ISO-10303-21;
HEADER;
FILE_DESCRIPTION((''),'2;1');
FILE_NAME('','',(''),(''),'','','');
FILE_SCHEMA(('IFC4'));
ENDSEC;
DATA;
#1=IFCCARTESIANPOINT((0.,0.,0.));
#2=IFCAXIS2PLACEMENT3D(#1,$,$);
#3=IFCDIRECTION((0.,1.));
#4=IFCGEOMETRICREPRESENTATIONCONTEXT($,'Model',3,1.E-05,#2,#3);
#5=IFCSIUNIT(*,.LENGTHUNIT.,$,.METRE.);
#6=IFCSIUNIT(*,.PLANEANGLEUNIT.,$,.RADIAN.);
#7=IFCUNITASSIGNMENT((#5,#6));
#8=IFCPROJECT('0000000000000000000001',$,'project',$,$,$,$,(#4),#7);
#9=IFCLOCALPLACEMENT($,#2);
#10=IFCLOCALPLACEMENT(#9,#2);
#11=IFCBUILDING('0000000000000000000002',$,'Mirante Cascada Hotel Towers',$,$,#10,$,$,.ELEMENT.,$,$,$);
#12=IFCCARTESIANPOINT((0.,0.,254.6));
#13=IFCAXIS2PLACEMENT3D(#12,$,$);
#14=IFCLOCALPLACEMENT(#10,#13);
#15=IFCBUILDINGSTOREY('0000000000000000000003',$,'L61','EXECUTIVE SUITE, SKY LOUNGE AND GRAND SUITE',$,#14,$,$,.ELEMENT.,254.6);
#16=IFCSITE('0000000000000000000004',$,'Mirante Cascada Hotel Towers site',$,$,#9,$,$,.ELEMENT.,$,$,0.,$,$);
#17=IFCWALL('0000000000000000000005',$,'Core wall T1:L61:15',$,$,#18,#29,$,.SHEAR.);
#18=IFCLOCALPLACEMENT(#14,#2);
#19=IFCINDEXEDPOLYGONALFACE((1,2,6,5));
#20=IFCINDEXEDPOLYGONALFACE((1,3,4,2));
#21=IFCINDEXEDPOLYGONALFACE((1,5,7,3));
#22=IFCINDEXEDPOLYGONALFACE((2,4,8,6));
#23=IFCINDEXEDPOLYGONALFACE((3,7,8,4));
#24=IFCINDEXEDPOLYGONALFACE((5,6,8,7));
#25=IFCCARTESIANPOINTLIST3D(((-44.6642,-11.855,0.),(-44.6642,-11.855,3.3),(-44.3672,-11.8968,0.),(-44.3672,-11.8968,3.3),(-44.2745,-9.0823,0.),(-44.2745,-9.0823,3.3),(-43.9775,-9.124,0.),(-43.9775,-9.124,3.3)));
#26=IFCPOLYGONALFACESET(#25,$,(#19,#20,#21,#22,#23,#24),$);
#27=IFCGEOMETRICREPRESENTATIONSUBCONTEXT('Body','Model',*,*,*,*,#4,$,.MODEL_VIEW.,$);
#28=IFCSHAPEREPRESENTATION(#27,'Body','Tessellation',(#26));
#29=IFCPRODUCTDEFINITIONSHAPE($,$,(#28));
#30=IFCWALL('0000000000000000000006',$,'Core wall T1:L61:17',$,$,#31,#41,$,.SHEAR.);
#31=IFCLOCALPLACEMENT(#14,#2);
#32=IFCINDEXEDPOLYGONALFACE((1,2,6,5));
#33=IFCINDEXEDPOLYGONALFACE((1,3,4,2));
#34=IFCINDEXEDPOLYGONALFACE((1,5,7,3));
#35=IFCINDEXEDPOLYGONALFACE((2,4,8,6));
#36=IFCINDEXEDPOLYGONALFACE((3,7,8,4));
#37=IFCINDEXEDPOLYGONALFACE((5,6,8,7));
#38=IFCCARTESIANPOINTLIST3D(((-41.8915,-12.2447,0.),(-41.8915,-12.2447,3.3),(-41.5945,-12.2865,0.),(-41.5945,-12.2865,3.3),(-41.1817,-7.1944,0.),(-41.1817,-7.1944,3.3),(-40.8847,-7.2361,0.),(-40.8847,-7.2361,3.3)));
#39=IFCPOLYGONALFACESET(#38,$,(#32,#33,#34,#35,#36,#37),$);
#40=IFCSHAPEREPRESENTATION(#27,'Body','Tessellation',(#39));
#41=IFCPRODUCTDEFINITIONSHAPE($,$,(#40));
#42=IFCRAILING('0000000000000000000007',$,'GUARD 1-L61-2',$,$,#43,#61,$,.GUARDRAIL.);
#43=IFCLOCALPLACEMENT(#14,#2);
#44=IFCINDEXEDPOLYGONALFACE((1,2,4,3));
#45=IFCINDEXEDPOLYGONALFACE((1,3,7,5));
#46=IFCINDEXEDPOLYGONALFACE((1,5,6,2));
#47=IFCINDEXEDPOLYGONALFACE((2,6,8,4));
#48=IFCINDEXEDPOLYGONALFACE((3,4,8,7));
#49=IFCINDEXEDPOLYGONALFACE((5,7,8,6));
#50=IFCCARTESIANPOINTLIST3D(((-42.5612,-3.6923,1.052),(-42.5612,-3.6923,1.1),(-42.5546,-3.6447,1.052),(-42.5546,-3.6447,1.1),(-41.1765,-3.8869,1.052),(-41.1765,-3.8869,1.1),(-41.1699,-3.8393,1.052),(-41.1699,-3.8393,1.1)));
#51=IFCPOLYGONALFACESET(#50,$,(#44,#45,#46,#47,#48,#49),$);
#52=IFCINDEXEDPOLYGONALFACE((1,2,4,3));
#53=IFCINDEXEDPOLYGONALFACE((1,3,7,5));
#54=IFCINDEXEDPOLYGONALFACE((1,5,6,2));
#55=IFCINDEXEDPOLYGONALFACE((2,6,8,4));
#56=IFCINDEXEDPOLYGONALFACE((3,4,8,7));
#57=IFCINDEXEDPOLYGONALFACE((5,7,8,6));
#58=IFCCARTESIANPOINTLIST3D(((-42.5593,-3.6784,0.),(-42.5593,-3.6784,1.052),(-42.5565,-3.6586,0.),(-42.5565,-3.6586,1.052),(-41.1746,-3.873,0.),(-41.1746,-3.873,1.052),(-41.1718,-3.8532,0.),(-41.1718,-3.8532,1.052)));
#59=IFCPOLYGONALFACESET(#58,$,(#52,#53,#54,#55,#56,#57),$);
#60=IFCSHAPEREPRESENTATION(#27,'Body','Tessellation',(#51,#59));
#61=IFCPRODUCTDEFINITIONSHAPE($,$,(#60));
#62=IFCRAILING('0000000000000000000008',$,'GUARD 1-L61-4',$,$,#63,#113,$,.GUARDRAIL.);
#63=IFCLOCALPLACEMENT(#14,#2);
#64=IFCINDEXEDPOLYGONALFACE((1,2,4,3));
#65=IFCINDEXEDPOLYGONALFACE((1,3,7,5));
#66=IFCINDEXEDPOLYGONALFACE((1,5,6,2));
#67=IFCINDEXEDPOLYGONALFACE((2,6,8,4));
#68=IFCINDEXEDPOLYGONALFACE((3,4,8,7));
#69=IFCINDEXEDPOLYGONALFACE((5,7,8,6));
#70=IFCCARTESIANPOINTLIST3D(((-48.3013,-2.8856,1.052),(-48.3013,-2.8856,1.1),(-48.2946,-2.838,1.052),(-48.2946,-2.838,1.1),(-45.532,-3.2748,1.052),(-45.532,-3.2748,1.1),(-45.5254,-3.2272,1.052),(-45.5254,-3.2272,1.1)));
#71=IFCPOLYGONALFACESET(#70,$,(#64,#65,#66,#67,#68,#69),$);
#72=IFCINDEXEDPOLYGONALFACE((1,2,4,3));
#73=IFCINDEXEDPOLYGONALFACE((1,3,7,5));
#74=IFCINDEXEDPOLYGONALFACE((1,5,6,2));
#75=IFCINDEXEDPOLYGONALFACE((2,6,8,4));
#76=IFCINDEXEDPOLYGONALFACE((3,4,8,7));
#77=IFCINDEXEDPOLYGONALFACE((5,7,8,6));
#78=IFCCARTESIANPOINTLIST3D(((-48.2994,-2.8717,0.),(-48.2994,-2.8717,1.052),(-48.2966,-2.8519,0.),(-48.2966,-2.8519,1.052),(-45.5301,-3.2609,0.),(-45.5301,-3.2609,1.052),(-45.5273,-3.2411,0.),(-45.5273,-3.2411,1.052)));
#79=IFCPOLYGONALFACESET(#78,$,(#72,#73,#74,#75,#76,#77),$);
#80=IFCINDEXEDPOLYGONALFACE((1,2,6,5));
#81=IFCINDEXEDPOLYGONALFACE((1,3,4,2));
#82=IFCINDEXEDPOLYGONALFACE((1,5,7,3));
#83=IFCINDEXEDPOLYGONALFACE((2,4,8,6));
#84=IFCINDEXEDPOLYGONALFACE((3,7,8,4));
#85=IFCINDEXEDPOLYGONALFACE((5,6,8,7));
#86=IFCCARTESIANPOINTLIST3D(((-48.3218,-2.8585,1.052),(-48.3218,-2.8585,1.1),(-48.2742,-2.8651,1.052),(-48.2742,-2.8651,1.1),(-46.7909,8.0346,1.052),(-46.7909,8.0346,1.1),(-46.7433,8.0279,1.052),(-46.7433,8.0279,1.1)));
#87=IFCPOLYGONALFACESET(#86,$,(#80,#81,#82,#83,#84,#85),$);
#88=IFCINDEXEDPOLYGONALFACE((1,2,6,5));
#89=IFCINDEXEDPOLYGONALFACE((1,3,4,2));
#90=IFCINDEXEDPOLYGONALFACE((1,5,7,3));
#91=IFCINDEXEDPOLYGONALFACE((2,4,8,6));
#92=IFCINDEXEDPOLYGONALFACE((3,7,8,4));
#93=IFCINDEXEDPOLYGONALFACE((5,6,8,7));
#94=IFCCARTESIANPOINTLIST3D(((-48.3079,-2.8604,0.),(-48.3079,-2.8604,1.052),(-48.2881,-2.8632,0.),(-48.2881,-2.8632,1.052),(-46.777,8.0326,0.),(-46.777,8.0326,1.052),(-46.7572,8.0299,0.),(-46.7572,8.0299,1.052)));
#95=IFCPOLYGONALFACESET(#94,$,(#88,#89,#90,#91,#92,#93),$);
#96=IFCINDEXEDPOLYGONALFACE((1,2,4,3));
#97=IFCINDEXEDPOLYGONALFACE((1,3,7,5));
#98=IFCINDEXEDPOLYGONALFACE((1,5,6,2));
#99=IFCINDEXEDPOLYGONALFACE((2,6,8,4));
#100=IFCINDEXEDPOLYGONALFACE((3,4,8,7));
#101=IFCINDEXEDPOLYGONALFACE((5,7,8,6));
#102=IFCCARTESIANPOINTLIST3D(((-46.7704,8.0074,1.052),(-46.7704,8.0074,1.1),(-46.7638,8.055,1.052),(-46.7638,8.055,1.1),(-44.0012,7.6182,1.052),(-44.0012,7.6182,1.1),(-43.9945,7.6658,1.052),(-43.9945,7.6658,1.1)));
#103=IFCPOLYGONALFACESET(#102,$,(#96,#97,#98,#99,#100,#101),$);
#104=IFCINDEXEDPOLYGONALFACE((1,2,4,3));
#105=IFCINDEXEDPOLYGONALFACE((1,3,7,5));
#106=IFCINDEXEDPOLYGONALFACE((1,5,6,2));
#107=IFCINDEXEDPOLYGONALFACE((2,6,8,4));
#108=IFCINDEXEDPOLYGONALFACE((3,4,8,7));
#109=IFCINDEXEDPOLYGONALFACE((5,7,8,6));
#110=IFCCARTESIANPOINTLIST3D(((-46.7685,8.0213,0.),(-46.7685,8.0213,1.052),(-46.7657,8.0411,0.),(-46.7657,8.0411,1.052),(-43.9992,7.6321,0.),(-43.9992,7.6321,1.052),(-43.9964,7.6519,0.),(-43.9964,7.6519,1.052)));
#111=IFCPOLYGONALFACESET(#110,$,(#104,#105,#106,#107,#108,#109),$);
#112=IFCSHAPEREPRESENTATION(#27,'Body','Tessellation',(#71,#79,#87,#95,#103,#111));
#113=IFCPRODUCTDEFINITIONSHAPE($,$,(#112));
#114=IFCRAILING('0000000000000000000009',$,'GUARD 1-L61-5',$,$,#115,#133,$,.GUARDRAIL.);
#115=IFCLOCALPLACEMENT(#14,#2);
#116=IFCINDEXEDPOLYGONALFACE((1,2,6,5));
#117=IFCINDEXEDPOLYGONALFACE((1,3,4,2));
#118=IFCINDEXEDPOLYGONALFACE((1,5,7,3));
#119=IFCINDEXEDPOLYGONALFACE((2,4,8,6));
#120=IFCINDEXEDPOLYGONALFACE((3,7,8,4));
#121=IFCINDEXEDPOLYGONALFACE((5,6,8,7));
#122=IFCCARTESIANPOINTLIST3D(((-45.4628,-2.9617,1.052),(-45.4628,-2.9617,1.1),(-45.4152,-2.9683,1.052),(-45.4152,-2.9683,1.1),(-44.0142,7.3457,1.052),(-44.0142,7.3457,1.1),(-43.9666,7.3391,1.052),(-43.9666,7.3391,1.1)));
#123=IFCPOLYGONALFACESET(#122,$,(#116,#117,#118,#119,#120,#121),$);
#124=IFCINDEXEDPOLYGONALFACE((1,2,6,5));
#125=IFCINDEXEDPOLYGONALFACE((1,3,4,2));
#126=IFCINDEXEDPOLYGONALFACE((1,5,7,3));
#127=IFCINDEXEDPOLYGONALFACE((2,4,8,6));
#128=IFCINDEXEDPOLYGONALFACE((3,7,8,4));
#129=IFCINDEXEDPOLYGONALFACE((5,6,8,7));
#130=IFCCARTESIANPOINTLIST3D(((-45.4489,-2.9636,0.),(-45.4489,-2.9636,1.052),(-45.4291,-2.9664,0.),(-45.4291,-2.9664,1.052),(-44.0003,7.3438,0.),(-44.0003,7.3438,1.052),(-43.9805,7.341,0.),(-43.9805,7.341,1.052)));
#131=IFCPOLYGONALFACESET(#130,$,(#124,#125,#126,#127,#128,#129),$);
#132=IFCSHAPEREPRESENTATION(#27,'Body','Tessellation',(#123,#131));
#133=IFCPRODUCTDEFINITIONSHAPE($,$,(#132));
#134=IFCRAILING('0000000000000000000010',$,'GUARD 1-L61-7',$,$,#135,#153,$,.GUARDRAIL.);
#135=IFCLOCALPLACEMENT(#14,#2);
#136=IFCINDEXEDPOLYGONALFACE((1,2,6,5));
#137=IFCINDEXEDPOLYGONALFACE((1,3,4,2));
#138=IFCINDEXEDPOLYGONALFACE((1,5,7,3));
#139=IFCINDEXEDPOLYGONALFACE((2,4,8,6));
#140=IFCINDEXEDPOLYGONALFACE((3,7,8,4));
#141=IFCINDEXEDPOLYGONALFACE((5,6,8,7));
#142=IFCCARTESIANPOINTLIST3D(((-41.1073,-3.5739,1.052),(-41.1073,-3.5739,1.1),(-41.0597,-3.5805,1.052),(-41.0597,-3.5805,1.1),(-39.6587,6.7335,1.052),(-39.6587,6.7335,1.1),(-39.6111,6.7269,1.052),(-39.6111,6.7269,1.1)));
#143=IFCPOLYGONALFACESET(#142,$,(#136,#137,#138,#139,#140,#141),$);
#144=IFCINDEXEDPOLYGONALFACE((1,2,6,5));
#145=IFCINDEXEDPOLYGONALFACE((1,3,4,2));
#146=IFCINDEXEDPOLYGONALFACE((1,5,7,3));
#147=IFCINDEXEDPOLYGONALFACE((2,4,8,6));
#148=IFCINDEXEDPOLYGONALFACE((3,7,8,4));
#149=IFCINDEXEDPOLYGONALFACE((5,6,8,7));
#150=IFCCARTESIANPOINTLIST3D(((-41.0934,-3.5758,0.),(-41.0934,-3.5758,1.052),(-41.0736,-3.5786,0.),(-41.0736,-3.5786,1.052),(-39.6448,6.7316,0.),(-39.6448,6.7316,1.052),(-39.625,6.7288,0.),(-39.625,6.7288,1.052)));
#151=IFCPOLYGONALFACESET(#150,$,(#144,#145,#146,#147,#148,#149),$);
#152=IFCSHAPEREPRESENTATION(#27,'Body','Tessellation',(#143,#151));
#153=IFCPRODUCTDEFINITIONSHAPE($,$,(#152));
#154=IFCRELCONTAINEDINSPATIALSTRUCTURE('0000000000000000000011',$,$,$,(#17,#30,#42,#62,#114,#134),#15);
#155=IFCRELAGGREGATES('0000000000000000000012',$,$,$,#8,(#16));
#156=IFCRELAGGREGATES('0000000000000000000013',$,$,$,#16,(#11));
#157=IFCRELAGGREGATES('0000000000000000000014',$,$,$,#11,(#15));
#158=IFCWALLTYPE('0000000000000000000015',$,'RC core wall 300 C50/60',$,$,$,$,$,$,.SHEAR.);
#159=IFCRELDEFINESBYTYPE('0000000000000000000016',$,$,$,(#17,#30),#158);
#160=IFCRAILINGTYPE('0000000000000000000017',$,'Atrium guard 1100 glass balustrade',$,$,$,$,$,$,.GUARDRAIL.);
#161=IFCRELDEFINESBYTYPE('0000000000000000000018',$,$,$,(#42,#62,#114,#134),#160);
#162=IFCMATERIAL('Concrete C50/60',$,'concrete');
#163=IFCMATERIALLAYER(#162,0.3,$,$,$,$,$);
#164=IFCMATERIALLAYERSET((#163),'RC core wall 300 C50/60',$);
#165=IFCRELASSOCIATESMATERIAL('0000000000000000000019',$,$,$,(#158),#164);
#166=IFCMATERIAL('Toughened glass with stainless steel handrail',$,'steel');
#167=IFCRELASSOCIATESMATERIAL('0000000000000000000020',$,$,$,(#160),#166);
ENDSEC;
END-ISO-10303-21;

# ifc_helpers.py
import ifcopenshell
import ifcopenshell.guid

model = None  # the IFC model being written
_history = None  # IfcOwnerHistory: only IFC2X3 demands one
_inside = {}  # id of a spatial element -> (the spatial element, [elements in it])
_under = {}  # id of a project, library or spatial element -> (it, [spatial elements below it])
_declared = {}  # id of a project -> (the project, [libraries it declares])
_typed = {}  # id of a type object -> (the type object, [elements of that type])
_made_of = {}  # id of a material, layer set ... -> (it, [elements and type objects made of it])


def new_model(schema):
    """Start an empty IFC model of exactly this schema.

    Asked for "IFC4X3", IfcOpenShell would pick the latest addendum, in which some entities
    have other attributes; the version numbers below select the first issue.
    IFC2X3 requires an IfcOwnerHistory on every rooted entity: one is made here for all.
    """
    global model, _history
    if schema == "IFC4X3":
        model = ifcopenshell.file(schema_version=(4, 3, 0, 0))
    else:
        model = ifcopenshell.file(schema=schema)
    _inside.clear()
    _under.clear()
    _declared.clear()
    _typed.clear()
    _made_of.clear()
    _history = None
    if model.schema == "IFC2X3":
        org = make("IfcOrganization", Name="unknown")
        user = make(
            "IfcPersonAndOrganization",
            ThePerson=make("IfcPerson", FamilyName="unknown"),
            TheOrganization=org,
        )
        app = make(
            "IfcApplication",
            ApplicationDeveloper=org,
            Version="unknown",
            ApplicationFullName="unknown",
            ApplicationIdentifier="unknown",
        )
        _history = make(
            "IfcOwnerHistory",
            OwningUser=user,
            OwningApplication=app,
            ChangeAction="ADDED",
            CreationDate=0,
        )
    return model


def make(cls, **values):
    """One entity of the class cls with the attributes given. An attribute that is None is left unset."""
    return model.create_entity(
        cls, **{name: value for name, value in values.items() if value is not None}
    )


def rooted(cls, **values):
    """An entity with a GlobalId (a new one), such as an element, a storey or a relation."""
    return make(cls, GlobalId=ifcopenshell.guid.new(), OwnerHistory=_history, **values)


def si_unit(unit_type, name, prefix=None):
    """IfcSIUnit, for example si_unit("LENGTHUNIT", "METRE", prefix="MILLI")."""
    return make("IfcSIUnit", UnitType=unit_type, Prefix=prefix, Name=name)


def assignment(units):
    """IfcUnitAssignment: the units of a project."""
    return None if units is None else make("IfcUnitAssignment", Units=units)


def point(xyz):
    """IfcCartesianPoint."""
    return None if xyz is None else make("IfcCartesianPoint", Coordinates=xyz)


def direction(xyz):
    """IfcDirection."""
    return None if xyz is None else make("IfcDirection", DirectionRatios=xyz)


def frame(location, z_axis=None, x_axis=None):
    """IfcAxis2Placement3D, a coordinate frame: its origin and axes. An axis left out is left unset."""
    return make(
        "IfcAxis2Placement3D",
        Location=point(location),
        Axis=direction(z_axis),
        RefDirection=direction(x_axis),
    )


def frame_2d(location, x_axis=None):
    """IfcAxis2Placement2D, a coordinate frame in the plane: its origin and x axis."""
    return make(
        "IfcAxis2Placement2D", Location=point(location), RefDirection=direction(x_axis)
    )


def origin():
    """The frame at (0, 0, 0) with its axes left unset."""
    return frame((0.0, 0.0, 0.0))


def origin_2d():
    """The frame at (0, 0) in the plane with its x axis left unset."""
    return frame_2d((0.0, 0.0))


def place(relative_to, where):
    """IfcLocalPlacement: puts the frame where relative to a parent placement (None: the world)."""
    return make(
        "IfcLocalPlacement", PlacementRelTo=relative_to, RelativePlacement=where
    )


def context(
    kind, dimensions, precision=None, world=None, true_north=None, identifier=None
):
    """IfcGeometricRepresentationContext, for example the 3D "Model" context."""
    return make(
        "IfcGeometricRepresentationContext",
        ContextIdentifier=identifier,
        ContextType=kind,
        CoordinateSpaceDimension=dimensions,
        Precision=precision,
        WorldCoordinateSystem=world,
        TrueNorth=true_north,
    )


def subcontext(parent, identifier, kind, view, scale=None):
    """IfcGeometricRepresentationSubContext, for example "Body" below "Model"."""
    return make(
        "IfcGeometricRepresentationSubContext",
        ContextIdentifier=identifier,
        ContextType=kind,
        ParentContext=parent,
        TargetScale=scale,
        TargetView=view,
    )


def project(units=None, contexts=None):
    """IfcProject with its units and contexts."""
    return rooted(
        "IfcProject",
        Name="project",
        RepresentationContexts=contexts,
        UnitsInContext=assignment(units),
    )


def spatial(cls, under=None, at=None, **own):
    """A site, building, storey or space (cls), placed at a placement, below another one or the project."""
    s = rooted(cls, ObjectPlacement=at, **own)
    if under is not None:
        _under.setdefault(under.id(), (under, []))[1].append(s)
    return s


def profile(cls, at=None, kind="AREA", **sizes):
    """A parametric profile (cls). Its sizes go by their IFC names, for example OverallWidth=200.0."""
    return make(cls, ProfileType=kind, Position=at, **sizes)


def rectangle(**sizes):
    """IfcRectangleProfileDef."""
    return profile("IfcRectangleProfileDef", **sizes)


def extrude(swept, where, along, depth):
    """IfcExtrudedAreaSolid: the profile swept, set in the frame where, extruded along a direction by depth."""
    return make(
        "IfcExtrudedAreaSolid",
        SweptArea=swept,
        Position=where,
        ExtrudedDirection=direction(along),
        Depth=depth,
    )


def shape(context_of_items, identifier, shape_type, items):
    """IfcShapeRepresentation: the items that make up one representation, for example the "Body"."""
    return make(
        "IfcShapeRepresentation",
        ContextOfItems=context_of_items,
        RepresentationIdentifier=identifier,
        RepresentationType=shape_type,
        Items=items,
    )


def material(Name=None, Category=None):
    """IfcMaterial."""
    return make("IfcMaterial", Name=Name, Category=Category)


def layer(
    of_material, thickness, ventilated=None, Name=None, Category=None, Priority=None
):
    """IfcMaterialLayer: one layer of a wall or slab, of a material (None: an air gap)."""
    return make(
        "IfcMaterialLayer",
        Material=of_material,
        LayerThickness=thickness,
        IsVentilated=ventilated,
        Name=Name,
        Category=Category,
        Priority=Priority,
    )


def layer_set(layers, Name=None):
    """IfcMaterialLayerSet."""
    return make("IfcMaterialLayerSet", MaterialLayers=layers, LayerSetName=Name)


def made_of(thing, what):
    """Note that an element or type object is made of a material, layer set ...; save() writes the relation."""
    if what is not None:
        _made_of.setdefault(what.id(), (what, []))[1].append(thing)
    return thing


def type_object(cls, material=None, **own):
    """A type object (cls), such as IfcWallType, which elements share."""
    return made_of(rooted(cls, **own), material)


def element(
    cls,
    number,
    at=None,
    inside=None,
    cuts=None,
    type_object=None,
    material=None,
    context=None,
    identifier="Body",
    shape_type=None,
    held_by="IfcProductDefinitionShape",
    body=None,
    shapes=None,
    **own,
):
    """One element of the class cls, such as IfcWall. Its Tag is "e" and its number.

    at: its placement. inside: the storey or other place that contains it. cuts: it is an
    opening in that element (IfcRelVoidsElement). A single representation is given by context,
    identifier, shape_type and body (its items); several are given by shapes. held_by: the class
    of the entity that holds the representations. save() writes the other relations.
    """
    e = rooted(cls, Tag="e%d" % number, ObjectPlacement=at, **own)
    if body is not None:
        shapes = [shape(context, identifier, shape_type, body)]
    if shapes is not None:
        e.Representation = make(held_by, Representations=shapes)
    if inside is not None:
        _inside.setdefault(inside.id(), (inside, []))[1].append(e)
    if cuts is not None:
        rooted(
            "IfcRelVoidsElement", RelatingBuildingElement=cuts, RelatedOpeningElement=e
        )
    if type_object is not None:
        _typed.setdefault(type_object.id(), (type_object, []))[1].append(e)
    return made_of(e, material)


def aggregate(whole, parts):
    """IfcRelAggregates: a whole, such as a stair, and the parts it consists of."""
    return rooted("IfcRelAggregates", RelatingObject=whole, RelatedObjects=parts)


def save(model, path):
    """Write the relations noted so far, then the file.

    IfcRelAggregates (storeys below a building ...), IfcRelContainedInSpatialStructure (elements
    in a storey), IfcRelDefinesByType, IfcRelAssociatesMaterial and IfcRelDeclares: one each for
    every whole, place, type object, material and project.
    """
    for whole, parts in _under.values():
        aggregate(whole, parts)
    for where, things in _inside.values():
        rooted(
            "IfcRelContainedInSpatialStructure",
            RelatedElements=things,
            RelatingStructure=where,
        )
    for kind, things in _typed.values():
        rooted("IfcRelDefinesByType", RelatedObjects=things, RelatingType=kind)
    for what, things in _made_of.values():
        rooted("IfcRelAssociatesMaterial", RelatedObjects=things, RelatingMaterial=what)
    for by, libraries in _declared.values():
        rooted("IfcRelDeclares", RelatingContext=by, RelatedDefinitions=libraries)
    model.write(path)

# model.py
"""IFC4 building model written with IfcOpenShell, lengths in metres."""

from ifc_helpers import new_model, si_unit, direction, frame, frame_2d, origin, origin_2d, place, context, subcontext, project, spatial, rectangle, extrude, material, layer, layer_set, type_object, element, save


model = new_model("IFC4")

# Units and contexts
model_context = context("Model", 3, precision=1e-05, world=origin(), true_north=direction((0.0, 1.0)))
body_context = subcontext(model_context, "Body", "Model", "MODEL_VIEW")
ifc_project = project(units=[si_unit("LENGTHUNIT", "METRE"), si_unit("PLANEANGLEUNIT", "RADIAN")], contexts=[model_context])

# Site, building, storey
site_placement = place(None, origin())
site = spatial("IfcSite", under=ifc_project, at=site_placement, Name="Mirante Cascada Hotel Towers site", CompositionType="ELEMENT", RefElevation=0.0)
building_placement = place(site_placement, origin())
building = spatial("IfcBuilding", under=site, at=building_placement, Name="Mirante Cascada Hotel Towers", CompositionType="ELEMENT")
storey_placement = place(building_placement, frame((0.0, 0.0, 254.6)))
storey = spatial("IfcBuildingStorey", under=building, at=storey_placement, Name="L61", Description="EXECUTIVE SUITE, SKY LOUNGE AND GRAND SUITE", CompositionType="ELEMENT", Elevation=254.6)

# Shared definitions
ifc_material_1 = material(Name="Concrete C50/60", Category="concrete")
ifc_layer_1 = layer(ifc_material_1, 0.3)
ifc_layer_set_1 = layer_set([ifc_layer_1], Name="RC core wall 300 C50/60")
wall_type_1 = type_object("IfcWallType", Name="RC core wall 300 C50/60", PredefinedType="SHEAR", material=ifc_layer_set_1)

# Walls
for number, where, z_axis, x_axis, name in (
    (1, (-44.5157, -11.8759, 0.0), (0.0, 0.0, 1.0), (0.139181, 0.990267, 0.0), "Core wall T1:L61:15"),
):
    element("IfcWall", number, at=place(storey_placement, frame(where, z_axis=z_axis, x_axis=x_axis)), inside=storey, type_object=wall_type_1, Name=name, PredefinedType="SHEAR", context=body_context, shape_type="SweptSolid", body=[
        extrude(rectangle(XDim=2.8, YDim=0.3, at=frame_2d((1.4, 0.0))), origin(), (0.0, 0.0, 1.0), 3.3),
    ])
wall_1_placement = place(storey_placement, frame((-41.743, -12.2656, 0.0), z_axis=(0.0, 0.0, 1.0), x_axis=(0.139176, 0.990268, 0.0)))
element("IfcWall", 2, at=wall_1_placement, inside=storey, type_object=wall_type_1, Name="Core wall T1:L61:17", PredefinedType="SHEAR", context=body_context, shape_type="SweptSolid", body=[
    extrude(rectangle(XDim=5.1, YDim=0.3, at=frame_2d((2.55, 0.0))), origin(), (0.0, 0.0, 1.0), 3.3),
])

# Railings
ifc_material_2 = material(Name="Toughened glass with stainless steel handrail", Category="steel")
railing_type = type_object("IfcRailingType", Name="Atrium guard 1100 glass balustrade", PredefinedType="GUARDRAIL", material=ifc_material_2)
railing_1_placement = place(storey_placement, frame((-41.1732, -3.8631, 0.0)))
element("IfcRailing", 3, at=railing_1_placement, inside=storey, type_object=railing_type, Name="GUARD 1-L61-2", PredefinedType="GUARDRAIL", context=body_context, shape_type="SweptSolid", body=[
    extrude(rectangle(XDim=0.048, YDim=0.048, at=origin_2d()), frame((0.0, 0.0, 1.076), z_axis=(-0.990269, 0.139168, 0.0), x_axis=(-0.139168, -0.990269, 0.0)), (0.0, 0.0, 1.0), 1.3983),
    extrude(rectangle(XDim=0.02, YDim=1.052, at=origin_2d()), frame((0.0, 0.0, 0.526), z_axis=(-0.990269, 0.139168, 0.0), x_axis=(-0.139168, -0.990269, 0.0)), (0.0, 0.0, 1.0), 1.3983),
])
railing_2_placement = place(storey_placement, frame((-45.5287, -3.251, 0.0)))
element("IfcRailing", 4, at=railing_2_placement, inside=storey, type_object=railing_type, Name="GUARD 1-L61-4", PredefinedType="GUARDRAIL", context=body_context, shape_type="SweptSolid", body=[
    extrude(rectangle(XDim=0.048, YDim=0.048, at=origin_2d()), frame((0.0, 0.0, 1.076), z_axis=(-0.990268, 0.139173, 0.0), x_axis=(-0.139173, -0.990268, 0.0)), (0.0, 0.0, 1.0), 2.7965),
    extrude(rectangle(XDim=0.02, YDim=1.052, at=origin_2d()), frame((0.0, 0.0, 0.526), z_axis=(-0.990268, 0.139173, 0.0), x_axis=(-0.139173, -0.990268, 0.0)), (0.0, 0.0, 1.0), 2.7965),
    extrude(rectangle(XDim=0.048, YDim=0.048, at=origin_2d()), frame((-2.7693, 0.3892, 1.076), z_axis=(0.139172, 0.990268, 0.0), x_axis=(-0.990268, 0.139172, 0.0)), (0.0, 0.0, 1.0), 11.0001),
    extrude(rectangle(XDim=0.02, YDim=1.052, at=origin_2d()), frame((-2.7693, 0.3892, 0.526), z_axis=(0.139172, 0.990268, 0.0), x_axis=(-0.990268, 0.139172, 0.0)), (0.0, 0.0, 1.0), 11.0001),
    extrude(rectangle(XDim=0.048, YDim=0.048, at=origin_2d()), frame((-1.2384, 11.2822, 1.076), z_axis=(0.990268, -0.139173, 0.0), x_axis=(0.139173, 0.990268, 0.0)), (0.0, 0.0, 1.0), 2.7965),
    extrude(rectangle(XDim=0.02, YDim=1.052, at=origin_2d()), frame((-1.2384, 11.2822, 0.526), z_axis=(0.990268, -0.139173, 0.0), x_axis=(0.139173, 0.990268, 0.0)), (0.0, 0.0, 1.0), 2.7965),
])
for number, where, name in (
    (5, (-45.439, -2.965, 0.0), "GUARD 1-L61-5"),
    (6, (-41.0835, -3.5772, 0.0), "GUARD 1-L61-7"),
):
    element("IfcRailing", number, at=place(storey_placement, frame(where)), inside=storey, type_object=railing_type, Name=name, PredefinedType="GUARDRAIL", context=body_context, shape_type="SweptSolid", body=[
        extrude(rectangle(XDim=0.048, YDim=0.048, at=origin_2d()), frame((0.0, 0.0, 1.076), z_axis=(0.139172, 0.990268, 0.0), x_axis=(-0.990268, 0.139172, 0.0)), (0.0, 0.0, 1.0), 10.4087),
        extrude(rectangle(XDim=0.02, YDim=1.052, at=origin_2d()), frame((0.0, 0.0, 0.526), z_axis=(0.139172, 0.990268, 0.0), x_axis=(-0.990268, 0.139172, 0.0)), (0.0, 0.0, 1.0), 10.4087),
    ])

save(model, "model.ifc")
